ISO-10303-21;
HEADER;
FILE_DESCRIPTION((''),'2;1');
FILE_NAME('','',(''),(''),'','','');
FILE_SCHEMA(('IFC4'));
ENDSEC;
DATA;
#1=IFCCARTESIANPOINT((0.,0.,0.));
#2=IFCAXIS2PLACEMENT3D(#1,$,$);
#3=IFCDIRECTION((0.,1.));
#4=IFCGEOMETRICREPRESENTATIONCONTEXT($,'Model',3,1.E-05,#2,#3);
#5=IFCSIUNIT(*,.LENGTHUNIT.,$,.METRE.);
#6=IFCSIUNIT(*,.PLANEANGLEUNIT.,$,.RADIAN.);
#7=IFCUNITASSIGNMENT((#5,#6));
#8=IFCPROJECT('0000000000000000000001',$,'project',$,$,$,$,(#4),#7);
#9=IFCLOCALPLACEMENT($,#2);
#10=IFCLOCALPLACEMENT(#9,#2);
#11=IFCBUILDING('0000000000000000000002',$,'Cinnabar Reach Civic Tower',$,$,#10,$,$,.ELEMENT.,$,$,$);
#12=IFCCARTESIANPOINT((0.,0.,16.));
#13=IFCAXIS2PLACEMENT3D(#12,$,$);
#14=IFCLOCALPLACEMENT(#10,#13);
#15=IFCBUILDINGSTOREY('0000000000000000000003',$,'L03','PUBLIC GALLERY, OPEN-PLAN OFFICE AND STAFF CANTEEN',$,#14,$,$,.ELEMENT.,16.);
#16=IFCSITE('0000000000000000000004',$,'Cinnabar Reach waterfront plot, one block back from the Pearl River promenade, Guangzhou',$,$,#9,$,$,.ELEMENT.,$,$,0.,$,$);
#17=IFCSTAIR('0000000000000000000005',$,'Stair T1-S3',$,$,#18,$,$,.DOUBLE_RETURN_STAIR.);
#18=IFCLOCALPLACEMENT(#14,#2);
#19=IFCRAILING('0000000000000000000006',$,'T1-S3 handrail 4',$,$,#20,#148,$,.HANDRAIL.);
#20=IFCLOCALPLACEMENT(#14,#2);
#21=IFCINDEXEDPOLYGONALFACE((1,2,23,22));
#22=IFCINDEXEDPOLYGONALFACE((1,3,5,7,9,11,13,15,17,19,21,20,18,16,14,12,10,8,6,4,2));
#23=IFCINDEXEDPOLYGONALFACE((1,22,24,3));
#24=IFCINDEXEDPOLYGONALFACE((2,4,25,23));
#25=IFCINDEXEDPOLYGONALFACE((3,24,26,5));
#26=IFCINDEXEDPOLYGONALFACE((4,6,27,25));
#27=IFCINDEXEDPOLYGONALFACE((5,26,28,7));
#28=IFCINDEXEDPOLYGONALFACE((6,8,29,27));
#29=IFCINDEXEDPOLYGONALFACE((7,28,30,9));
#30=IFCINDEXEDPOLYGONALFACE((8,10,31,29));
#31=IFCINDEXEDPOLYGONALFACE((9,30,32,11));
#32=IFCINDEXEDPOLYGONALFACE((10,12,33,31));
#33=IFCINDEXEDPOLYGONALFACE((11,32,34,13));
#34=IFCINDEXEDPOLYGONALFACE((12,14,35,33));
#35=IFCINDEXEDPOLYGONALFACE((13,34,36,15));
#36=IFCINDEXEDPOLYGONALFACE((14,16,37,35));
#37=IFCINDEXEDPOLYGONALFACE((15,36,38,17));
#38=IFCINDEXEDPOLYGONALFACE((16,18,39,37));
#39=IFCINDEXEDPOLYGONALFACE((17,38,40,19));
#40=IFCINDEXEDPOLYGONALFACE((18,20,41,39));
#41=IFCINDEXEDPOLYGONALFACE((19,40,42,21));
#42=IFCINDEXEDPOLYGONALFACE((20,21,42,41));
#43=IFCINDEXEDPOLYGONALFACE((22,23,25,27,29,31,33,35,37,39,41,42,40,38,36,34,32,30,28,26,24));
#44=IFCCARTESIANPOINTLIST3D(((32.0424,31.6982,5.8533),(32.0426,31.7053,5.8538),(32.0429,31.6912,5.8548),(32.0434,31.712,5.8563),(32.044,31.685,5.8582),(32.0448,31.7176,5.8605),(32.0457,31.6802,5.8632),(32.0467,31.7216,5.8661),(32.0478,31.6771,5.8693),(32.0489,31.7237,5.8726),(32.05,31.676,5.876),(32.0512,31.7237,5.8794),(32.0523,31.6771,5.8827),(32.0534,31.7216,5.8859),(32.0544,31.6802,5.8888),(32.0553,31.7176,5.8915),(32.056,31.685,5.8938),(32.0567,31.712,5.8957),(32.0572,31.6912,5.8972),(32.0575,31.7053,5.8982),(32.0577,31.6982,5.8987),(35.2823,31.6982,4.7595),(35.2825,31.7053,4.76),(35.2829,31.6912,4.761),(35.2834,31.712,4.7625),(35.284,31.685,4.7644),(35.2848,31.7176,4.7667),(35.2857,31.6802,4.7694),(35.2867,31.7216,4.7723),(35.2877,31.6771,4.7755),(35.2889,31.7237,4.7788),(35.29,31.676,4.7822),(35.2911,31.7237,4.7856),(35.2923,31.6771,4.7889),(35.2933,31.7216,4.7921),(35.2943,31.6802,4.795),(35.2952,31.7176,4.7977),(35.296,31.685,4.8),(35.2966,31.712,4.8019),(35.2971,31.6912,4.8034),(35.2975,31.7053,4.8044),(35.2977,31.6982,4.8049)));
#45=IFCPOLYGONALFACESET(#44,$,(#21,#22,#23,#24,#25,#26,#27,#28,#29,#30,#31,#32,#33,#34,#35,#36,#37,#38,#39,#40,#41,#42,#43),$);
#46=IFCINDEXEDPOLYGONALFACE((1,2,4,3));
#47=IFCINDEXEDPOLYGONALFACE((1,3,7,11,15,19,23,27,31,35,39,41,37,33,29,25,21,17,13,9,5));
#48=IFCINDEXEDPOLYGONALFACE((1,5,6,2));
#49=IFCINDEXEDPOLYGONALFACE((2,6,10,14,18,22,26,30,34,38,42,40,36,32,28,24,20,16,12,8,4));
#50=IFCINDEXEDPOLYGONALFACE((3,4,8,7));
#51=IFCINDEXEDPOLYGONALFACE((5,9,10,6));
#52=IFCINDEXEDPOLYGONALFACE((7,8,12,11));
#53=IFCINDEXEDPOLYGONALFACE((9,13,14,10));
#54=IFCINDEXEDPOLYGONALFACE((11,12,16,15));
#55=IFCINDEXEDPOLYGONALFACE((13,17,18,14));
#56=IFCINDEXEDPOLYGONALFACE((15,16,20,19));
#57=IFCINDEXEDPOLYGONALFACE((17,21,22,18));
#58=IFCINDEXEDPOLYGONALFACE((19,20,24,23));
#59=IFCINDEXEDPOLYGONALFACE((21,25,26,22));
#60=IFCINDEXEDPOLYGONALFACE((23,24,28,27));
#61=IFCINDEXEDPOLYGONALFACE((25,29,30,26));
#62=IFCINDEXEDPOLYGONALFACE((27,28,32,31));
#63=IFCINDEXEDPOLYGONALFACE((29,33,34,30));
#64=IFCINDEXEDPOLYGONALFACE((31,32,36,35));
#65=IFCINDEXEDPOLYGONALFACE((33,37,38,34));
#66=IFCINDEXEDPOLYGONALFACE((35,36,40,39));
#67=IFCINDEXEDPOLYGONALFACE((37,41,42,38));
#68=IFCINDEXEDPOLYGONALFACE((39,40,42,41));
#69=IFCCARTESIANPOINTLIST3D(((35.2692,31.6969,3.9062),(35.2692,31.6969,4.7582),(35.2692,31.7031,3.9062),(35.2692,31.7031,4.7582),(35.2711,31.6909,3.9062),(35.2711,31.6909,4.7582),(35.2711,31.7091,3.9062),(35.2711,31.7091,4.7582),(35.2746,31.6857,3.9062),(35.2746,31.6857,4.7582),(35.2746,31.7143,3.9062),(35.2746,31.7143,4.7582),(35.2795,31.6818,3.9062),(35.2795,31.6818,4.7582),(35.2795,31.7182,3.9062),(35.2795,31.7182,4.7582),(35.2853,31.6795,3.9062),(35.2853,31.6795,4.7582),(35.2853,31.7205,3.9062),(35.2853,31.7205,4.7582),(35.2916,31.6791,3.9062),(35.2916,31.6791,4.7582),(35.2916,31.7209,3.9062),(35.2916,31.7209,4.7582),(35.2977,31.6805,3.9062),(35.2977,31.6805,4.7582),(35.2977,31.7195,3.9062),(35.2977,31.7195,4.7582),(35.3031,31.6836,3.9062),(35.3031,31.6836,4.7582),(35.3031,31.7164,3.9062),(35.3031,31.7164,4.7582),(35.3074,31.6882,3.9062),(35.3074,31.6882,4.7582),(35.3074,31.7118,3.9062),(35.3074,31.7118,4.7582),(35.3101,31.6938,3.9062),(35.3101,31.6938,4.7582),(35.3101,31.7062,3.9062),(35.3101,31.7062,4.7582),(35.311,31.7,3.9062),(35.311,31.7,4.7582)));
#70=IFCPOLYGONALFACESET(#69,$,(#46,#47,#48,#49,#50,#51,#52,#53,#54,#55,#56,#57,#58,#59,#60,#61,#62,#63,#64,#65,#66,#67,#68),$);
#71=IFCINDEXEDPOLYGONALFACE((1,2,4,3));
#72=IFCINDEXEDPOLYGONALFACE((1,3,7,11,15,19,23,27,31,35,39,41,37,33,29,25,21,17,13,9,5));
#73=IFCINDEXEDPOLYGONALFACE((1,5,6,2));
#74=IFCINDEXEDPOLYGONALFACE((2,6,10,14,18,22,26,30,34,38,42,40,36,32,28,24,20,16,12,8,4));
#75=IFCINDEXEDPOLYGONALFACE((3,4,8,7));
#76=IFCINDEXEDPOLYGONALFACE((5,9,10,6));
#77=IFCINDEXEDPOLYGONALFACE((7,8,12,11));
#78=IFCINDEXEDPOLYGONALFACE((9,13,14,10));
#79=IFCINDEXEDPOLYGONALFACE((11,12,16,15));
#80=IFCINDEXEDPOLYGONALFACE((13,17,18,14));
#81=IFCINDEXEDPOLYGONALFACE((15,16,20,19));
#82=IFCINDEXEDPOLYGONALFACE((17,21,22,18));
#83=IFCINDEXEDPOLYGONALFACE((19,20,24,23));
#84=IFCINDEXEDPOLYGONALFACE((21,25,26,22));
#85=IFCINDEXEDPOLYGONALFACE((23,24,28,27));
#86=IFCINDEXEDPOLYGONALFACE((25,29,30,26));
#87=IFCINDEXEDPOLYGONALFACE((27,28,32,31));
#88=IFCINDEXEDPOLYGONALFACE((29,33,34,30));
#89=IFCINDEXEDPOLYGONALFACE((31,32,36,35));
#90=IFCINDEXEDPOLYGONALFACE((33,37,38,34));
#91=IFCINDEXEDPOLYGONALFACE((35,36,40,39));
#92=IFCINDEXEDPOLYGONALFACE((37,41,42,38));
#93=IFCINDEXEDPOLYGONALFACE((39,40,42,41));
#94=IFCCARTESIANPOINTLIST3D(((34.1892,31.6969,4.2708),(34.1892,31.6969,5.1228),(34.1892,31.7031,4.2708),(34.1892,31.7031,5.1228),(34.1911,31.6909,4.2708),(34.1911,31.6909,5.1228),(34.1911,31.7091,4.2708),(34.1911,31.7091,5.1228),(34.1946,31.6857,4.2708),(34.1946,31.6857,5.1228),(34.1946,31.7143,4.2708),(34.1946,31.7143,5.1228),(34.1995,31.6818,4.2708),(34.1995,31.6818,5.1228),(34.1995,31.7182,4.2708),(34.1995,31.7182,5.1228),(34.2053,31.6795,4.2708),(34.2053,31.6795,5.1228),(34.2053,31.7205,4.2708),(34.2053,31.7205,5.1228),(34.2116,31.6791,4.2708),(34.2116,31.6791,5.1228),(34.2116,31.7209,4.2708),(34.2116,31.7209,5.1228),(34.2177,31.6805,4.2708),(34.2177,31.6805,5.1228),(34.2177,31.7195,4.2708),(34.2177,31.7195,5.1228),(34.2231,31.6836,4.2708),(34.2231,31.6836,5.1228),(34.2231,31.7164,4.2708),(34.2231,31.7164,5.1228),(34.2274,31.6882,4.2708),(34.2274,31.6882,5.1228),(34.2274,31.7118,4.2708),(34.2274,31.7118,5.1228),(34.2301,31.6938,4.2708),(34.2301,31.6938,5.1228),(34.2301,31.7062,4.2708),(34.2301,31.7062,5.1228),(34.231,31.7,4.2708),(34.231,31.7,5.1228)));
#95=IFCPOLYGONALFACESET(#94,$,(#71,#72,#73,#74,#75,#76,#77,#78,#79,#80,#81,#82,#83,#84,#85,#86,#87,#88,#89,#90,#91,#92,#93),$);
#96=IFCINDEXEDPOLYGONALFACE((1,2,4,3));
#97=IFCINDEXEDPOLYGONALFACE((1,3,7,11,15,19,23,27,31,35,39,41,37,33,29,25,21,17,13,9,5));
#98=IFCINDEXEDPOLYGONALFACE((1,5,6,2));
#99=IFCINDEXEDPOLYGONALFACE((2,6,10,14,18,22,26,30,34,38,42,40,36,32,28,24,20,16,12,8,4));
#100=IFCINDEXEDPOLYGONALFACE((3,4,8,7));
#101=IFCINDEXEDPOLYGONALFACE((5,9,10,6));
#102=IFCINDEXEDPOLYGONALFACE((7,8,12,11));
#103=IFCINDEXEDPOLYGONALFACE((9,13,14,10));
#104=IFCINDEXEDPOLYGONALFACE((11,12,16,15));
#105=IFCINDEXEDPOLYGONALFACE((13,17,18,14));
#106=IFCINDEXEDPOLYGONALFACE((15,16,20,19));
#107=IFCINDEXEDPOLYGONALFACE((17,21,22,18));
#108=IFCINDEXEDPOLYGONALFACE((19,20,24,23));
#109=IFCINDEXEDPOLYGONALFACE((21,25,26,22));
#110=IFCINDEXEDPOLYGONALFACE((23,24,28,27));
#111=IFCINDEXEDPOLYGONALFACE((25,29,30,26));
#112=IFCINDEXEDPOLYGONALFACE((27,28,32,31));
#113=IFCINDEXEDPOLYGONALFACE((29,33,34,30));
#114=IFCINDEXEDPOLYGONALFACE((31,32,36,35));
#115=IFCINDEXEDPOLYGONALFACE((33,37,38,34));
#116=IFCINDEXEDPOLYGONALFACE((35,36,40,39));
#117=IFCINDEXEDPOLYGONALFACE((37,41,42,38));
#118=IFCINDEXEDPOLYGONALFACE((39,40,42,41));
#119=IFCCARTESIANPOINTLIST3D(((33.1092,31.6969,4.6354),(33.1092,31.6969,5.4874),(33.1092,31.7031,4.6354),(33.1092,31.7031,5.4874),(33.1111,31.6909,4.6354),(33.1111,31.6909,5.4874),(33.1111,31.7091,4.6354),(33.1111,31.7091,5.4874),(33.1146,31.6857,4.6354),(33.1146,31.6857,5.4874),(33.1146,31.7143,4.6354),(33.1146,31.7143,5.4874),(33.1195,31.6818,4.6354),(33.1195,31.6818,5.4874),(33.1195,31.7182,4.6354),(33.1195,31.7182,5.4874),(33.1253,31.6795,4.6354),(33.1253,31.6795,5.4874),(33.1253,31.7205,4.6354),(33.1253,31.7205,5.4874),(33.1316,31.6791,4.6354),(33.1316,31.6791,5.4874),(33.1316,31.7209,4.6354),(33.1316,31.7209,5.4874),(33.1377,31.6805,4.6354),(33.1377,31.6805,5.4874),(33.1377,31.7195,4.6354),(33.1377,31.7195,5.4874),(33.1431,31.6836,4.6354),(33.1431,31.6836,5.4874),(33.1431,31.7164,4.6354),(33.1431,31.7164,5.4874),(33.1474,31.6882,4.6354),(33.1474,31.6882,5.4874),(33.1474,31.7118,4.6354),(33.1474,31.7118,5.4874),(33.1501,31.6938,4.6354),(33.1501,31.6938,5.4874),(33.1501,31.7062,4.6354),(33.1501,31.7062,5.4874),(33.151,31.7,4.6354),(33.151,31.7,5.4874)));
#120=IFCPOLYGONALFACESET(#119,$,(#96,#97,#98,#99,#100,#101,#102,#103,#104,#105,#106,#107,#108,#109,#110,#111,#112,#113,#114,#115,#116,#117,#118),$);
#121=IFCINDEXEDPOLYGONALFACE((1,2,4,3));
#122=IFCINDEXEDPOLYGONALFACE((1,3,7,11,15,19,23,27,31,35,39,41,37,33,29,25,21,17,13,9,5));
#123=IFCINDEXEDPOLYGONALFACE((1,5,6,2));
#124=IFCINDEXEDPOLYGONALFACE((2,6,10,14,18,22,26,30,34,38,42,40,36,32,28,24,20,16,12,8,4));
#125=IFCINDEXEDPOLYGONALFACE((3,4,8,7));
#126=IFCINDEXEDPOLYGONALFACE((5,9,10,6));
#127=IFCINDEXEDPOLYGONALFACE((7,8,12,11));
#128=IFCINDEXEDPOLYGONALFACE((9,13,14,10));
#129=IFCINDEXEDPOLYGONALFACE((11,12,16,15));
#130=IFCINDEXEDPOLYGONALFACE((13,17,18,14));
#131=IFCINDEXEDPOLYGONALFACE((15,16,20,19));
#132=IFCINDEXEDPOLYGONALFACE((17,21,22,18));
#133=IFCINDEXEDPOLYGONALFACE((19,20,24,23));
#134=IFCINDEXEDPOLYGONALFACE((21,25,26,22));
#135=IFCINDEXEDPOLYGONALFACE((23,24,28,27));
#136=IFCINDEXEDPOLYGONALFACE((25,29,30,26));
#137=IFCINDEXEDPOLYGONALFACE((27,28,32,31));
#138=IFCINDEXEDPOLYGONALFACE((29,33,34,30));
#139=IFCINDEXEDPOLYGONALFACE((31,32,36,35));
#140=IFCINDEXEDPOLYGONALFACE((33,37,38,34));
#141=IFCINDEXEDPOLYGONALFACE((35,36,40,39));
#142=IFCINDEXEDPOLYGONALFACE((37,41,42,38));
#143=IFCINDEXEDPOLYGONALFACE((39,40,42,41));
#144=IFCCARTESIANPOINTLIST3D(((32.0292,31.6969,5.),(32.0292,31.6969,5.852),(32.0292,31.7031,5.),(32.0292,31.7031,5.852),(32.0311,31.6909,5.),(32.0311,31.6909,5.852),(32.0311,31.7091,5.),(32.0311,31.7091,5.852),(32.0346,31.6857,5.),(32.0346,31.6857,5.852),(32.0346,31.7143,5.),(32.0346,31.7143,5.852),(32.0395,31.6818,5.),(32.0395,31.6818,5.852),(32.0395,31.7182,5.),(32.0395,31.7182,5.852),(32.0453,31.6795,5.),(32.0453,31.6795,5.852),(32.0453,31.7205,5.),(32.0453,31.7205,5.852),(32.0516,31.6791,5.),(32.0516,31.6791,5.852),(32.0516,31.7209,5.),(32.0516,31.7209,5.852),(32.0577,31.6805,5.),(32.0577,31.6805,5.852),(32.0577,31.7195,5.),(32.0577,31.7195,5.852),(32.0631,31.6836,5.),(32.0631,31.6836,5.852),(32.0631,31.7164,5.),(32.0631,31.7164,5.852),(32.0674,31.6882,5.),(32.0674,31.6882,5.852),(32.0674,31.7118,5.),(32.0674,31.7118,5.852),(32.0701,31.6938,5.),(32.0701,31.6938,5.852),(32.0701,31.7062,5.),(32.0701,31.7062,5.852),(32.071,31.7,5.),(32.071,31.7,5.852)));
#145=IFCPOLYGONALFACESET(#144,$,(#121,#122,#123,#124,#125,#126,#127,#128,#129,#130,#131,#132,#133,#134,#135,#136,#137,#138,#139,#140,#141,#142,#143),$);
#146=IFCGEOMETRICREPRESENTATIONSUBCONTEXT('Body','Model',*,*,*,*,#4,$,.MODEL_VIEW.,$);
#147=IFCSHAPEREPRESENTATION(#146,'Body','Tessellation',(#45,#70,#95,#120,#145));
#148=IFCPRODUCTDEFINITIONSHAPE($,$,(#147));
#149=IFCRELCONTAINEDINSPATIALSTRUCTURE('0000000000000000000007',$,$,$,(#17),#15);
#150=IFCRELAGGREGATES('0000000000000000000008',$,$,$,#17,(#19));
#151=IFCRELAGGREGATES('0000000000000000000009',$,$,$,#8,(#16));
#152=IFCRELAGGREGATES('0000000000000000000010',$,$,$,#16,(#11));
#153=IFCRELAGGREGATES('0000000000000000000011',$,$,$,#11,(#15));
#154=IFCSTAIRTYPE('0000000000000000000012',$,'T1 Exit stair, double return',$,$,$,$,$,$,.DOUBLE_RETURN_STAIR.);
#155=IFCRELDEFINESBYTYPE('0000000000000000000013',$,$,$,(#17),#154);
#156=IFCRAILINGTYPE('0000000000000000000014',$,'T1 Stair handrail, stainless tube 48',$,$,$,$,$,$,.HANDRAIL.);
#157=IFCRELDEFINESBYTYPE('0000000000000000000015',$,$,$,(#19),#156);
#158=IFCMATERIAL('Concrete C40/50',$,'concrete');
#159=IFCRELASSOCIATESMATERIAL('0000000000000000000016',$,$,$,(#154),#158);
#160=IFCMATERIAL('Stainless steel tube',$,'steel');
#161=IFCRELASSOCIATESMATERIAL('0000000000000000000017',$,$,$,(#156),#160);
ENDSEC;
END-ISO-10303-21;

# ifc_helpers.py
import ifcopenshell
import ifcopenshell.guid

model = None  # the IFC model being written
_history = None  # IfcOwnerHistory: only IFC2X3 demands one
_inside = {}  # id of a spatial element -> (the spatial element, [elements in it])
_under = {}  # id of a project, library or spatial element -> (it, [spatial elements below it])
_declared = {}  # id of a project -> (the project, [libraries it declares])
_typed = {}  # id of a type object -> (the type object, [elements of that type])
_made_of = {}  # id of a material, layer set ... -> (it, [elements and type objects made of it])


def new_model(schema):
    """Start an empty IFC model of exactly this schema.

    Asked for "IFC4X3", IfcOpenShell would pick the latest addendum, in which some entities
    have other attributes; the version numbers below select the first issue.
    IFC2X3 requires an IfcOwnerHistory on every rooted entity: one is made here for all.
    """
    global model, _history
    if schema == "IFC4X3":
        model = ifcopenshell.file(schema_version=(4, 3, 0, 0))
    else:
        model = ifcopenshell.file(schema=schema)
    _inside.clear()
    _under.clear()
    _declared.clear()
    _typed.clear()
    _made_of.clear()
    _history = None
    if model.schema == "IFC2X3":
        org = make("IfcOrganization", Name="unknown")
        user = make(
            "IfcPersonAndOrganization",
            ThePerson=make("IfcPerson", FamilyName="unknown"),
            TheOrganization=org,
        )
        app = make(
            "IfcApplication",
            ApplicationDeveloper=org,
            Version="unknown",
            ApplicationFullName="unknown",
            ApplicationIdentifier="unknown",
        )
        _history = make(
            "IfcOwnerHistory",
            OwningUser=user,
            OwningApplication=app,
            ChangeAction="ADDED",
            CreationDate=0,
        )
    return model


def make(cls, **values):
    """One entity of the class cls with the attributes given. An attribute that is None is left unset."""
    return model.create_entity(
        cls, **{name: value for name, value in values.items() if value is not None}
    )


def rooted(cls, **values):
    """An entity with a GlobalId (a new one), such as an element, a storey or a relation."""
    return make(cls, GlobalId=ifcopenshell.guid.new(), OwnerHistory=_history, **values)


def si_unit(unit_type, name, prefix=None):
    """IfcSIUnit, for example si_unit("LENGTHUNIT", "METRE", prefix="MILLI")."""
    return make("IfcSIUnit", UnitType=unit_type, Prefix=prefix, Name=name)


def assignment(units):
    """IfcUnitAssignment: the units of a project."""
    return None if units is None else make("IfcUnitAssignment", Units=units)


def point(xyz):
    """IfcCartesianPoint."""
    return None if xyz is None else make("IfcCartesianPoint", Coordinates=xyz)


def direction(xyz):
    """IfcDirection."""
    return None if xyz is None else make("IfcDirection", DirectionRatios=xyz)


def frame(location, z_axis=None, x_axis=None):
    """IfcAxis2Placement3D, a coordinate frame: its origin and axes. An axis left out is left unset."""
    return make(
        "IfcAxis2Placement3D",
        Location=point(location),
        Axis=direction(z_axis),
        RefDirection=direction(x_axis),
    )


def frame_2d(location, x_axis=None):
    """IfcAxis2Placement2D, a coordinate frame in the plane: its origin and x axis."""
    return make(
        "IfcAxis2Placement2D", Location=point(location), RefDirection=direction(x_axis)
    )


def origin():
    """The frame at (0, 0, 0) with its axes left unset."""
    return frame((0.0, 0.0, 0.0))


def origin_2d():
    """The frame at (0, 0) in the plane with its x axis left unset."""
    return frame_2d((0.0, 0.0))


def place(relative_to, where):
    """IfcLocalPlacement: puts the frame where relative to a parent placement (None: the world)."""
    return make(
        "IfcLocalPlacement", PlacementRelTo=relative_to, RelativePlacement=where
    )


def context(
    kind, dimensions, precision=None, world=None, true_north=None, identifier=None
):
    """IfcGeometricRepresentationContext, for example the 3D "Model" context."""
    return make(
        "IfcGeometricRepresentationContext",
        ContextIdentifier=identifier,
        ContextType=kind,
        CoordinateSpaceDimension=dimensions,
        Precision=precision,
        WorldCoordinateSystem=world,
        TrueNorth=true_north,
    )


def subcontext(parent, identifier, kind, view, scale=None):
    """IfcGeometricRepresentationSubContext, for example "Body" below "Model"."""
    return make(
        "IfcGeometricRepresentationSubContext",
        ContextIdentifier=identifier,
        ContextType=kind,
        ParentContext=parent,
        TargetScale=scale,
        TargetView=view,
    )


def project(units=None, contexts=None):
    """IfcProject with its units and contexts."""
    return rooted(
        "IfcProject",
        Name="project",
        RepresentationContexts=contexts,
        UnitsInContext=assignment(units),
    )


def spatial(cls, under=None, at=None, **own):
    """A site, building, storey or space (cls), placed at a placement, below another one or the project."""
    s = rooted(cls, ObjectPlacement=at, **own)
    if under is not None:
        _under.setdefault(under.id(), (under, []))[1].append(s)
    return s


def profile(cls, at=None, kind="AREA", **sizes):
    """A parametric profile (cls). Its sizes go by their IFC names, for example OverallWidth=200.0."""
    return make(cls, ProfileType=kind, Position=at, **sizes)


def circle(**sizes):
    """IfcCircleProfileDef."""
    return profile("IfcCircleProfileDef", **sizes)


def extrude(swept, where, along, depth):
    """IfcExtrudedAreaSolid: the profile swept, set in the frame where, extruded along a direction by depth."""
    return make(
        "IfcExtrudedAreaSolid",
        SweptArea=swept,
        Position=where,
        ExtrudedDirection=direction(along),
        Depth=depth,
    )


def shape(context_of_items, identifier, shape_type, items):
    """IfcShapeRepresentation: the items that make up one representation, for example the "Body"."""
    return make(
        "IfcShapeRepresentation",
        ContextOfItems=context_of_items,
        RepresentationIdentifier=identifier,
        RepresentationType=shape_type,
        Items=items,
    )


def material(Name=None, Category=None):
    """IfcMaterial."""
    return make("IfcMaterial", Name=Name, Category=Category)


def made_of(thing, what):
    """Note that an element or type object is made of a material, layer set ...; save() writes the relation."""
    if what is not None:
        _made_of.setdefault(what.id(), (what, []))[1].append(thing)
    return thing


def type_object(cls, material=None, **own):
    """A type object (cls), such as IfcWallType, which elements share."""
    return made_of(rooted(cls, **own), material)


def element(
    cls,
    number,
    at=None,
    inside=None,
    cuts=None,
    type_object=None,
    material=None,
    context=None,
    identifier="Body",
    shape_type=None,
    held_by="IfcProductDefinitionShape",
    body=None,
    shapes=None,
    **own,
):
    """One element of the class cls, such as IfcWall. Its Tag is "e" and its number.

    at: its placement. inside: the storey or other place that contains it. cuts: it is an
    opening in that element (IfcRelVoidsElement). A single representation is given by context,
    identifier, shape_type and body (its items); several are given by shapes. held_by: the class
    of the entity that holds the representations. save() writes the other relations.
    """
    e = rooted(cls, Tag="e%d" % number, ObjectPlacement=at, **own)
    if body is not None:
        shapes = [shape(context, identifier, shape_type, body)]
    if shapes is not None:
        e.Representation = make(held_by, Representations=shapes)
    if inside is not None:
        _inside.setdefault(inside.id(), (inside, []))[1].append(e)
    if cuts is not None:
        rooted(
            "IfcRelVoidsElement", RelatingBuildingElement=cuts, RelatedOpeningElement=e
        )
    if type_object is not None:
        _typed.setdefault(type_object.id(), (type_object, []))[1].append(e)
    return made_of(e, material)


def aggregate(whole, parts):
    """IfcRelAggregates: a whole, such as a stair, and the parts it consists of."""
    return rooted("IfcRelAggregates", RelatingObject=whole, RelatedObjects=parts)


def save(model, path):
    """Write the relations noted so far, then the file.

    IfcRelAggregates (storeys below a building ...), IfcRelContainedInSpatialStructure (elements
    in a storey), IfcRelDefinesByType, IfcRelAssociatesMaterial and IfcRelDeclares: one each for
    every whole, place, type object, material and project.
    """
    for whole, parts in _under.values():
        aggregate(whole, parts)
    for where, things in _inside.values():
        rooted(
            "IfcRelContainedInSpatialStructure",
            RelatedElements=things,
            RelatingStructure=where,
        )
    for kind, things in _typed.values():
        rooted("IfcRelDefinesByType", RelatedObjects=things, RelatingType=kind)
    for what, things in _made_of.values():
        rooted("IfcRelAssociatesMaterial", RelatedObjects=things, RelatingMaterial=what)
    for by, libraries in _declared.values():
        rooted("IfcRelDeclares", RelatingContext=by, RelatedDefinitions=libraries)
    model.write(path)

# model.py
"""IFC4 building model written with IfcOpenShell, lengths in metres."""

from ifc_helpers import new_model, si_unit, direction, frame, origin, origin_2d, place, context, subcontext, project, spatial, circle, extrude, material, type_object, element, aggregate, save


model = new_model("IFC4")

# Units and contexts
model_context = context("Model", 3, precision=1e-05, world=origin(), true_north=direction((0.0, 1.0)))
body_context = subcontext(model_context, "Body", "Model", "MODEL_VIEW")
ifc_project = project(units=[si_unit("LENGTHUNIT", "METRE"), si_unit("PLANEANGLEUNIT", "RADIAN")], contexts=[model_context])

# Site, building, storey
site_placement = place(None, origin())
site = spatial("IfcSite", under=ifc_project, at=site_placement, Name="Cinnabar Reach waterfront plot, one block back from the Pearl River promenade, Guangzhou", CompositionType="ELEMENT", RefElevation=0.0)
building_placement = place(site_placement, origin())
building = spatial("IfcBuilding", under=site, at=building_placement, Name="Cinnabar Reach Civic Tower", CompositionType="ELEMENT")
storey_placement = place(building_placement, frame((0.0, 0.0, 16.0)))
storey = spatial("IfcBuildingStorey", under=building, at=storey_placement, Name="L03", Description="PUBLIC GALLERY, OPEN-PLAN OFFICE AND STAFF CANTEEN", CompositionType="ELEMENT", Elevation=16.0)

# Stair, railing
ifc_material_1 = material(Name="Concrete C40/50", Category="concrete")
stair_type = type_object("IfcStairType", Name="T1 Exit stair, double return", PredefinedType="DOUBLE_RETURN_STAIR", material=ifc_material_1)
stair_placement = place(storey_placement, origin())
stair = element("IfcStair", 1, at=stair_placement, inside=storey, type_object=stair_type, Name="Stair T1-S3", PredefinedType="DOUBLE_RETURN_STAIR")
ifc_material_2 = material(Name="Stainless steel tube", Category="steel")
railing_type = type_object("IfcRailingType", Name="T1 Stair handrail, stainless tube 48", PredefinedType="HANDRAIL", material=ifc_material_2)
railing_1_placement = place(storey_placement, frame((35.29, 31.7, 3.9062)))
railing_1 = element("IfcRailing", 2, at=railing_1_placement, type_object=railing_type, Name="T1-S3 handrail 4", PredefinedType="HANDRAIL", context=body_context, shape_type="SweptSolid", body=[
    extrude(circle(Radius=0.024, at=origin_2d()), frame((0.0, 0.0, 0.876), z_axis=(-0.947466, 0.0, 0.319857), x_axis=(0.0, -1.0, 0.0)), (0.0, 0.0, 1.0), 3.4196),
    extrude(circle(Radius=0.021, at=origin_2d()), origin(), (0.0, 0.0, 1.0), 0.852),
    extrude(circle(Radius=0.021, at=origin_2d()), frame((-1.08, 0.0, 0.3646)), (0.0, 0.0, 1.0), 0.852),
    extrude(circle(Radius=0.021, at=origin_2d()), frame((-2.16, 0.0, 0.7292)), (0.0, 0.0, 1.0), 0.852),
    extrude(circle(Radius=0.021, at=origin_2d()), frame((-3.24, 0.0, 1.0938)), (0.0, 0.0, 1.0), 0.852),
])
aggregate(stair, [railing_1])

save(model, "model.ifc")
